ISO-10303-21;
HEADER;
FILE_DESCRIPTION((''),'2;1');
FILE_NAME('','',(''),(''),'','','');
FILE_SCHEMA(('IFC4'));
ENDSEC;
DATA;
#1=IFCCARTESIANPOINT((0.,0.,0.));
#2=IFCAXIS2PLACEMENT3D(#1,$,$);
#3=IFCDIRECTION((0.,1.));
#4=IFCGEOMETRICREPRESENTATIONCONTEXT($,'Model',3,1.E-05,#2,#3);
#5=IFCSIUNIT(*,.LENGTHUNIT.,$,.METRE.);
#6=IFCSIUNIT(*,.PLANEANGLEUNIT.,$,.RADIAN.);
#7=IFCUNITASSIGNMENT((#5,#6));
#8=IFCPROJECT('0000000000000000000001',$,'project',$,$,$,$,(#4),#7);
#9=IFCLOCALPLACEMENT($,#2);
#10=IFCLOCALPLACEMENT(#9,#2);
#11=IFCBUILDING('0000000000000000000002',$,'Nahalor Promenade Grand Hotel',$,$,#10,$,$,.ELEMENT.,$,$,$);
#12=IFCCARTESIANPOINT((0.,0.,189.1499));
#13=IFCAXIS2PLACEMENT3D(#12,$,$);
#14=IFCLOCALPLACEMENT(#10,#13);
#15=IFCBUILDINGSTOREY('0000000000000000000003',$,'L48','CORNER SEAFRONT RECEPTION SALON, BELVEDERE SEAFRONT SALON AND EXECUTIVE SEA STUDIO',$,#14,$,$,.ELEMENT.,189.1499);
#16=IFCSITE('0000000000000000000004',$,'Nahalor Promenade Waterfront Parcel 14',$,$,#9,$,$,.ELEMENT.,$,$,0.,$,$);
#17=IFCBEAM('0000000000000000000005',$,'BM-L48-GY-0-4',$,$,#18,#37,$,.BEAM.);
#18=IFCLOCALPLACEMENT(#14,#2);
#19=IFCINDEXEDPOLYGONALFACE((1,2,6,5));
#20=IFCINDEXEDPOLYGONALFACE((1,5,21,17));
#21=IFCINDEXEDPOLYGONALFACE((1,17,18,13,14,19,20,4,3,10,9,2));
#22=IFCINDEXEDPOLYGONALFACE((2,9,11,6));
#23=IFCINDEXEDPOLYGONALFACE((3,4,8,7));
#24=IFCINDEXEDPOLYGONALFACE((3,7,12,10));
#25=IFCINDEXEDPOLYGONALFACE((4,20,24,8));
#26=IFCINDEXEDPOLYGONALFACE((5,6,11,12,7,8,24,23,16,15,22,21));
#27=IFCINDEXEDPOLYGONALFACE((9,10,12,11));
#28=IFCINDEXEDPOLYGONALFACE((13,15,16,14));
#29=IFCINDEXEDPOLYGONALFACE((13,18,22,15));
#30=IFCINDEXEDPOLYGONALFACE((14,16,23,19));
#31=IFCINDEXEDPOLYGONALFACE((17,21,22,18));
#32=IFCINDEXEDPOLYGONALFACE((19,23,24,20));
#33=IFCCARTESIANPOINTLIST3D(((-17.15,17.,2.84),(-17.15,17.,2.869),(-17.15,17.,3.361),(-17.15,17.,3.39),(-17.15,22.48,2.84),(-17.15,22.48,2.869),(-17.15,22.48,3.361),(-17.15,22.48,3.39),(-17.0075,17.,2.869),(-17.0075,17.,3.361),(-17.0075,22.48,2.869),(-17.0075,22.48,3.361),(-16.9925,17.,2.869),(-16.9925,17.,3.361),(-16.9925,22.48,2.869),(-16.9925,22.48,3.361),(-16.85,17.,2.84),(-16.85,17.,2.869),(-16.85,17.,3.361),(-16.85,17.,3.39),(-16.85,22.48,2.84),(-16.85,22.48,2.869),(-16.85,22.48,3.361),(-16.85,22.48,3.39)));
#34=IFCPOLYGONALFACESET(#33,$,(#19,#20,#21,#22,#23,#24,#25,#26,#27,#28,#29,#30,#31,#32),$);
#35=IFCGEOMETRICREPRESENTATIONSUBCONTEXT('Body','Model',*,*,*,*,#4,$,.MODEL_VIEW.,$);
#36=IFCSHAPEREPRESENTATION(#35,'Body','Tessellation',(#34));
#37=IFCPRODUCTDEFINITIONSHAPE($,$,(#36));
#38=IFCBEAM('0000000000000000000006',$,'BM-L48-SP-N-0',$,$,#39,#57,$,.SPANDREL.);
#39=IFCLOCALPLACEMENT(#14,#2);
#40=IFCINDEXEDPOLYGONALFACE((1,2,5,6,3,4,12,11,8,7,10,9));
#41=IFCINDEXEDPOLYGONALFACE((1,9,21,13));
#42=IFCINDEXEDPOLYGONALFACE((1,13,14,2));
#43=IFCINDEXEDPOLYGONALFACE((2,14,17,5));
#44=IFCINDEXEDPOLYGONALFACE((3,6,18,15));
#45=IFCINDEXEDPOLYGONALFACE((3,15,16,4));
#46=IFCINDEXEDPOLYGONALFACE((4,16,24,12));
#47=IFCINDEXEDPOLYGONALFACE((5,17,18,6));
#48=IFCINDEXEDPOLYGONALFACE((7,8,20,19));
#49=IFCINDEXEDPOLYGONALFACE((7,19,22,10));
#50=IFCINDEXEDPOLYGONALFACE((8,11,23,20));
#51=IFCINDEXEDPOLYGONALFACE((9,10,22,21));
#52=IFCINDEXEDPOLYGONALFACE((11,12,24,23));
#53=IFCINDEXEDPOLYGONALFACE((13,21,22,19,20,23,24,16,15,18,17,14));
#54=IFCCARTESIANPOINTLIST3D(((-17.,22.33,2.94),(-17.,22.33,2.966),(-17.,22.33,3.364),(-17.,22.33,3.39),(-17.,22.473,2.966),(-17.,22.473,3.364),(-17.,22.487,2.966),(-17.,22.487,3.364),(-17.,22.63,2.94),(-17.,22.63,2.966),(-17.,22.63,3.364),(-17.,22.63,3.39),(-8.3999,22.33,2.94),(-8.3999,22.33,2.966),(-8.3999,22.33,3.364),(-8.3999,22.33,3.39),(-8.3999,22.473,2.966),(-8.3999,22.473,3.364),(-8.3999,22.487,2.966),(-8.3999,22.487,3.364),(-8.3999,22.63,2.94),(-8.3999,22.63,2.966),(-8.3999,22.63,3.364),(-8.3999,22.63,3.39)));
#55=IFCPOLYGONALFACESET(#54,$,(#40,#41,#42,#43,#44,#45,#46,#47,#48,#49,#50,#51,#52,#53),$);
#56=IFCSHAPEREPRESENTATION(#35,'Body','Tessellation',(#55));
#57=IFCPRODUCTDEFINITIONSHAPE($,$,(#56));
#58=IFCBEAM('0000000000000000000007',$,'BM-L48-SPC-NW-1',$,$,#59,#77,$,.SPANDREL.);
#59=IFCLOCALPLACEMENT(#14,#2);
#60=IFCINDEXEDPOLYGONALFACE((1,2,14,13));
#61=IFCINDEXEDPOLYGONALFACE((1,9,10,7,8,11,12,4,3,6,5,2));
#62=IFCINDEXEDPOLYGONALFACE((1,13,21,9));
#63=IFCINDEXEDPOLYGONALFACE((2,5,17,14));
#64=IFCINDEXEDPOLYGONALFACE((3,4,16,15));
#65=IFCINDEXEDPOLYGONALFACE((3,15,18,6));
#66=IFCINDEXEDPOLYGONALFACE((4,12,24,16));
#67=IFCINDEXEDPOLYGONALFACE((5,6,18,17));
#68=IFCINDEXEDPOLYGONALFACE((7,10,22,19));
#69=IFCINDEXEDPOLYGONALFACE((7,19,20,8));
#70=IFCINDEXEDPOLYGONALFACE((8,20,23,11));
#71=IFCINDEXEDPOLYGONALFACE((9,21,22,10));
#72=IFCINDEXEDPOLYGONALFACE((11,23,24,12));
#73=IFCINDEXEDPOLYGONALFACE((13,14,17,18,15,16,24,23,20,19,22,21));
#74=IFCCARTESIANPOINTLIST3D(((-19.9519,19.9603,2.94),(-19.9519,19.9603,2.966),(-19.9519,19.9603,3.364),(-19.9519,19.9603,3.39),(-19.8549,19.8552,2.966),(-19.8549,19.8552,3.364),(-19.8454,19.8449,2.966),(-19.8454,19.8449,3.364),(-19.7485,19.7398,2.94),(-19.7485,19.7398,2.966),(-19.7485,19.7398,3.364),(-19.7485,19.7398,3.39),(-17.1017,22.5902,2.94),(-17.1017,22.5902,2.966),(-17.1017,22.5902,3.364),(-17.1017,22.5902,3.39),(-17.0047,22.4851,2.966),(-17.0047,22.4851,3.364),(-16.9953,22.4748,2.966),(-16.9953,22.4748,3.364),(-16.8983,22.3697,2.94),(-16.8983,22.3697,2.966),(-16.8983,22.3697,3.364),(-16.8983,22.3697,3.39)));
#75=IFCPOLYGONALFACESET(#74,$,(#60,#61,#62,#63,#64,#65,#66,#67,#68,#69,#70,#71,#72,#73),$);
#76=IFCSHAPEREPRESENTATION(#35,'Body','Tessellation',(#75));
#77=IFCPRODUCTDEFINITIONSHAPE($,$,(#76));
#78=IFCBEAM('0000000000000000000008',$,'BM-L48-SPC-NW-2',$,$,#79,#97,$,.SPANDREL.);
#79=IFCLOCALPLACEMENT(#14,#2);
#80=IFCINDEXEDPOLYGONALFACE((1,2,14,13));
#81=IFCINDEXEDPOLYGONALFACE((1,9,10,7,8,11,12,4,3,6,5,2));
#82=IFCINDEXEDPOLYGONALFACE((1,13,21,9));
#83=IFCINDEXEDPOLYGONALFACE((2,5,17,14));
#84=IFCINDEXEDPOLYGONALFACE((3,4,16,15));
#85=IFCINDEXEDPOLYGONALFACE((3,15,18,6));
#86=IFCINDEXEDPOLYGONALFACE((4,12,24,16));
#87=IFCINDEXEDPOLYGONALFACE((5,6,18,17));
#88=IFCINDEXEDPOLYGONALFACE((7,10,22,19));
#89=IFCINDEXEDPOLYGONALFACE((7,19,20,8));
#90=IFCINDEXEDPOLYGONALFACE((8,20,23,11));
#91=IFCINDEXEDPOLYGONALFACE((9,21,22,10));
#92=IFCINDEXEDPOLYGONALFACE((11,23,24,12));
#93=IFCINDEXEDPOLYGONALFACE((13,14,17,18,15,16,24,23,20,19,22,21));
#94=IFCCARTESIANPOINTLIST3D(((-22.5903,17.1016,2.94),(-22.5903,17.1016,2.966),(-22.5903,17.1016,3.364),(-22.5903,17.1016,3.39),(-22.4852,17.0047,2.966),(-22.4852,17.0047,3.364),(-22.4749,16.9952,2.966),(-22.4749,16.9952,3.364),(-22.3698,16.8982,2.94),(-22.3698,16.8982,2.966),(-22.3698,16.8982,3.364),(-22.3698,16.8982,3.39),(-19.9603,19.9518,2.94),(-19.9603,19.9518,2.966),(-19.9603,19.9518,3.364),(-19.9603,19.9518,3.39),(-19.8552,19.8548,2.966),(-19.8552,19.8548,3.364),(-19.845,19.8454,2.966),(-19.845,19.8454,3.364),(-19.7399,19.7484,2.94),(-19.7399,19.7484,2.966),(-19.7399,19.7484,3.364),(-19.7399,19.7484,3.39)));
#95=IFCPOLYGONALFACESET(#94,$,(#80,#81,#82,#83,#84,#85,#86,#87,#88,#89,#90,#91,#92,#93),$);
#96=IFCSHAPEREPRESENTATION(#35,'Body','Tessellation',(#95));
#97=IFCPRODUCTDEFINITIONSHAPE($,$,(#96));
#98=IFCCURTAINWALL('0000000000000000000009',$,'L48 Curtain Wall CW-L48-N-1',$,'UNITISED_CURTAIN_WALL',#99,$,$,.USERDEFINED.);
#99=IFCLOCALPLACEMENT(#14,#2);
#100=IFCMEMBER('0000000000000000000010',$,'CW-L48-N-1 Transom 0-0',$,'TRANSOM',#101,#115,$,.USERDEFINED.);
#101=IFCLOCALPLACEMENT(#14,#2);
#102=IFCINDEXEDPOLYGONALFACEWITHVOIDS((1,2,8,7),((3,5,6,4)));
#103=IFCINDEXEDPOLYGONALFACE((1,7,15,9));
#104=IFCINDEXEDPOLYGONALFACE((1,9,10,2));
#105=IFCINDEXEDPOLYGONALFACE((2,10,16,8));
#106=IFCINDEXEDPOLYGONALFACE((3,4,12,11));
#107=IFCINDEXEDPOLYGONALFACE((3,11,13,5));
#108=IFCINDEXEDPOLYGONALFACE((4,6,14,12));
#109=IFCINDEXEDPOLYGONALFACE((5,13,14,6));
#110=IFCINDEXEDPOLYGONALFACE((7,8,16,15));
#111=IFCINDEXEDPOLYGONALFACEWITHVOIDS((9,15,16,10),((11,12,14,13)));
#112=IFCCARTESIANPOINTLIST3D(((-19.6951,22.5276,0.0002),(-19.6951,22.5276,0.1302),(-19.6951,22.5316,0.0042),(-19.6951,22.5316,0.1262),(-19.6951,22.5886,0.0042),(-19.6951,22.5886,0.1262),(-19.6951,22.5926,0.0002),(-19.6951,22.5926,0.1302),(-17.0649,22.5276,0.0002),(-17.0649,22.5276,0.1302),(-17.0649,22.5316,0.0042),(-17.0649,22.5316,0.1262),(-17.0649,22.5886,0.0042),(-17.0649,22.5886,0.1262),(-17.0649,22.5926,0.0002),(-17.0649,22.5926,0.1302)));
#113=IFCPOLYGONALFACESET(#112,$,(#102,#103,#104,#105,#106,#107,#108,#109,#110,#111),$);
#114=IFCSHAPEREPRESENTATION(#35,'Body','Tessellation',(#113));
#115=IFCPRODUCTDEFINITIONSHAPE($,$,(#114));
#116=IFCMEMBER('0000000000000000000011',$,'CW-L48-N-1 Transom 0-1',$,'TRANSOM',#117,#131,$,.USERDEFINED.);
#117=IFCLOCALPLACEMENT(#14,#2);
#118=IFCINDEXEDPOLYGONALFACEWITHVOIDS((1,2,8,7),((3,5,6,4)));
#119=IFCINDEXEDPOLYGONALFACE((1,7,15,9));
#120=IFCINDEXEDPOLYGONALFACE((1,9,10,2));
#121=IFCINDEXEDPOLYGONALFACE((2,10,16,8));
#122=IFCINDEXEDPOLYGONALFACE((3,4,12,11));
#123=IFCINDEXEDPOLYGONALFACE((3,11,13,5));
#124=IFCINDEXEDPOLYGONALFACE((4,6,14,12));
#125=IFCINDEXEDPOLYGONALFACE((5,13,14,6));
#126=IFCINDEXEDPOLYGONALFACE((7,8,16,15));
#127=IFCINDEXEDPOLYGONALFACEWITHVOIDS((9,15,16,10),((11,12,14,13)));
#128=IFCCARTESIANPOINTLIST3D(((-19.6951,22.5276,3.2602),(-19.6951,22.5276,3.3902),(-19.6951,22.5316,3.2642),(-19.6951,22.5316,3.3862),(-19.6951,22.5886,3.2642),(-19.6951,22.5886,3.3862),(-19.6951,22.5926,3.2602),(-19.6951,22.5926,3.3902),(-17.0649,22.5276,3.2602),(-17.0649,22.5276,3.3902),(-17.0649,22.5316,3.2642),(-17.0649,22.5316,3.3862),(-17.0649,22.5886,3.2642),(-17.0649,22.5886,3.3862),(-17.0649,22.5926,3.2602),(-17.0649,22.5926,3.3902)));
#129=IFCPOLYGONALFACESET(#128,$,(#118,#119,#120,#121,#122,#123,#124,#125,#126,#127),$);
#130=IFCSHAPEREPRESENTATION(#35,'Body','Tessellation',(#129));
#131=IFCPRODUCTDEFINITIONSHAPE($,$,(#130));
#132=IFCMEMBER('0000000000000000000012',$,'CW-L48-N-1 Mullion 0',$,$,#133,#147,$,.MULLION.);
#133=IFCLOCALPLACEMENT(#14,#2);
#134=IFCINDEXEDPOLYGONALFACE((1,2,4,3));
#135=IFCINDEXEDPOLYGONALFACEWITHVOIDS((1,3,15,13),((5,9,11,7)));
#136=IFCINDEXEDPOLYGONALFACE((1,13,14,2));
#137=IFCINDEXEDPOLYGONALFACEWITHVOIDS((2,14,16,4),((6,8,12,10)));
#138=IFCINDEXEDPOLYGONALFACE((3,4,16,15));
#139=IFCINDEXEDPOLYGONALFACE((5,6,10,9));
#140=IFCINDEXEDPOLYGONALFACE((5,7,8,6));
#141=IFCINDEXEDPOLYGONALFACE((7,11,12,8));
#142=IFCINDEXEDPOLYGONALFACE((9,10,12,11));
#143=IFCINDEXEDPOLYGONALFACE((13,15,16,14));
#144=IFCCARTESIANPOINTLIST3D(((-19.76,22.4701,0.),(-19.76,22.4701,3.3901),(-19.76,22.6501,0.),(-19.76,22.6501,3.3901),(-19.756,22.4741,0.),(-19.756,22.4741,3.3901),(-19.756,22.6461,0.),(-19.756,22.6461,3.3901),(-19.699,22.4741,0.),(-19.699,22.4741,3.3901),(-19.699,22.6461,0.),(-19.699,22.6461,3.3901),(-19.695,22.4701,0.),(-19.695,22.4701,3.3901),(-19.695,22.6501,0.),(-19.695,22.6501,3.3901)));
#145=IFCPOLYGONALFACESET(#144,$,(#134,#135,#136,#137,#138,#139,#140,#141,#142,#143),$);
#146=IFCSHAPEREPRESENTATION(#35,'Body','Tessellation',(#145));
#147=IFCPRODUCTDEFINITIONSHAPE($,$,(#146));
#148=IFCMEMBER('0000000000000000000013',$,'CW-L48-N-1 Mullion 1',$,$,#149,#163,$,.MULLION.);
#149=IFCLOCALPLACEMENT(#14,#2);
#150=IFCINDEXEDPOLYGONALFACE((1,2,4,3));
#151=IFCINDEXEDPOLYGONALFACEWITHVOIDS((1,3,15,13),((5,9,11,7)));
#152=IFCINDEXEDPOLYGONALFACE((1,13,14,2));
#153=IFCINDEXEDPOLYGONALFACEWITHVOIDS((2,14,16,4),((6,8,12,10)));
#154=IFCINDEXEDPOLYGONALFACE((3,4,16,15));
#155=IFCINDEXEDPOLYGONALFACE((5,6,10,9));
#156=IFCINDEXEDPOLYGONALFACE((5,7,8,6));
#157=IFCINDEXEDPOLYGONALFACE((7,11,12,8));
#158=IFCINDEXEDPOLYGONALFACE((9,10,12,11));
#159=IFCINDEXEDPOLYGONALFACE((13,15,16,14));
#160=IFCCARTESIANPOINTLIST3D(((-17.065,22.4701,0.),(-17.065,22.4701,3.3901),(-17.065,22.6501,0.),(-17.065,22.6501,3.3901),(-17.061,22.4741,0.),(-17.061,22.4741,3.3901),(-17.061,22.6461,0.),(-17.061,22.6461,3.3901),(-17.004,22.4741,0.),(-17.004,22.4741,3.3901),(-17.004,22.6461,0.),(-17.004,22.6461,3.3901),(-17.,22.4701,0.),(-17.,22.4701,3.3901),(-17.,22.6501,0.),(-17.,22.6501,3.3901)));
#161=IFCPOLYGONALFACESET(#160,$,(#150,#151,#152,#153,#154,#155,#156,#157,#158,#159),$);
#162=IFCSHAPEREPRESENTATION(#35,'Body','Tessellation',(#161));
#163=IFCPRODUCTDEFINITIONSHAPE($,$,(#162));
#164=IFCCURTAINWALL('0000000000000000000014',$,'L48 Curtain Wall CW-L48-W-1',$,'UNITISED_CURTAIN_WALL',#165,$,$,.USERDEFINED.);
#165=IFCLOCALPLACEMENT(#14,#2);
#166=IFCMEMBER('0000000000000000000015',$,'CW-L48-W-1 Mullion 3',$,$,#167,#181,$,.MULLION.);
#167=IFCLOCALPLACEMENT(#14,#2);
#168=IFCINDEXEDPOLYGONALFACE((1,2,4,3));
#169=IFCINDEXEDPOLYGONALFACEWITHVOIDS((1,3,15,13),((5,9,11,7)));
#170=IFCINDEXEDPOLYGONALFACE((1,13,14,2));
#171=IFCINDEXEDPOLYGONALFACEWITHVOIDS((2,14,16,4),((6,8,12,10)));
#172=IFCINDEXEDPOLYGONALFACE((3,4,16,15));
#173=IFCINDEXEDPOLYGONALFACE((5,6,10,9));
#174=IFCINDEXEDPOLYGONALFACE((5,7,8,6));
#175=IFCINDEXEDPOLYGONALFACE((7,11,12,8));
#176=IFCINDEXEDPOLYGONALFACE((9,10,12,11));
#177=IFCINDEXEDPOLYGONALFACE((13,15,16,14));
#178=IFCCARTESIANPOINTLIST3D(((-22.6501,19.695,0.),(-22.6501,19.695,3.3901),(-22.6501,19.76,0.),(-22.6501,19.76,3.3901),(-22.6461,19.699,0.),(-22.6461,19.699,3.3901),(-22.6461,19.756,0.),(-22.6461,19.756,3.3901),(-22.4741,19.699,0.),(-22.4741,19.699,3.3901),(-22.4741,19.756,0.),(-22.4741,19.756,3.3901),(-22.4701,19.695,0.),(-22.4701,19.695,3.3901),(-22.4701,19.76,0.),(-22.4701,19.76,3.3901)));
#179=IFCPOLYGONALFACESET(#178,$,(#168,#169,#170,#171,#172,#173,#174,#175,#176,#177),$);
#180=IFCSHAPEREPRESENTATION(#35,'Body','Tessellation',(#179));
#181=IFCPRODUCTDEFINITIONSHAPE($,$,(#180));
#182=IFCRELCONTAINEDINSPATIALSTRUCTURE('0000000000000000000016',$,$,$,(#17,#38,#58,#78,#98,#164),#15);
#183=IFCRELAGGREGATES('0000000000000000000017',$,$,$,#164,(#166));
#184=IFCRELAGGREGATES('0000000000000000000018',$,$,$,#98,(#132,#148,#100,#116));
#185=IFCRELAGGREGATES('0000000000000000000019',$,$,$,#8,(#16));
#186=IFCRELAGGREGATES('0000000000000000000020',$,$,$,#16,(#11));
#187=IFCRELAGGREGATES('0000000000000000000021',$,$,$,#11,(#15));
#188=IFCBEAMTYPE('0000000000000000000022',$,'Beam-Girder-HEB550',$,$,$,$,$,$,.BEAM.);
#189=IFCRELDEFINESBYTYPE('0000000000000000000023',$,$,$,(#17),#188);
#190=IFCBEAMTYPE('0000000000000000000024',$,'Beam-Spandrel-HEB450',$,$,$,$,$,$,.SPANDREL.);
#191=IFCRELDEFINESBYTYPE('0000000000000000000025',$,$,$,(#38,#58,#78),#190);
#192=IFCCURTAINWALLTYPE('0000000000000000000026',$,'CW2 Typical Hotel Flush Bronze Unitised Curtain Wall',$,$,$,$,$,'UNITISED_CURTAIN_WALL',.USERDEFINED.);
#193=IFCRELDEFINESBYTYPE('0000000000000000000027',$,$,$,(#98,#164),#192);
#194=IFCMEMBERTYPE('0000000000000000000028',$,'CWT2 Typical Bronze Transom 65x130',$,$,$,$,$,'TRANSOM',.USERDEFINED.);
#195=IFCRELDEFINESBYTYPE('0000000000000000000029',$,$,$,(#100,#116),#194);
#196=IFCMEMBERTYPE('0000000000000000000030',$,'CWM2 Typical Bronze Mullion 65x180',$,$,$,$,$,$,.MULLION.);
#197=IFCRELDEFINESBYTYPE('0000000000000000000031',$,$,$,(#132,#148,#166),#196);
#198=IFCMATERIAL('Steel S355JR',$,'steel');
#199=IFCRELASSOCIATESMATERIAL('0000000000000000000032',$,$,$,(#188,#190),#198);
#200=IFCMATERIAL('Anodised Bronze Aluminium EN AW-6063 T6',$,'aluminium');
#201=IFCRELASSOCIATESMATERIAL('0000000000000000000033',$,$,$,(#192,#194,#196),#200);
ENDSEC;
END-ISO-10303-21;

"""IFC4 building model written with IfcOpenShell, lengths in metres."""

from ifc_helpers import new_model, si_unit, direction, frame, origin, origin_2d, place, context, subcontext, project, spatial, hollow_rectangle, i_section, extrude, source, transform, mapped, material, material_profile, profile_set, type_object, element, aggregate, save


model = new_model("IFC4")

# Units and contexts
model_context = context("Model", 3, precision=1e-05, world=origin(), true_north=direction((0.0, 1.0)))
body_context = subcontext(model_context, "Body", "Model", "MODEL_VIEW")
ifc_project = project(units=[si_unit("LENGTHUNIT", "METRE"), si_unit("PLANEANGLEUNIT", "RADIAN")], contexts=[model_context])

# Site, building, storey
site_placement = place(None, origin())
site = spatial("IfcSite", under=ifc_project, at=site_placement, Name="Nahalor Promenade Waterfront Parcel 14", CompositionType="ELEMENT", RefElevation=0.0)
building_placement = place(site_placement, origin())
building = spatial("IfcBuilding", under=site, at=building_placement, Name="Nahalor Promenade Grand Hotel", CompositionType="ELEMENT")
storey_placement = place(building_placement, frame((0.0, 0.0, 189.1499)))
storey = spatial("IfcBuildingStorey", under=building, at=storey_placement, Name="L48", Description="CORNER SEAFRONT RECEPTION SALON, BELVEDERE SEAFRONT SALON AND EXECUTIVE SEA STUDIO", CompositionType="ELEMENT", Elevation=189.1499)

# Beams
ifc_material_1 = material(Name="Steel S355JR", Category="steel")
ifc_material_profile_1 = material_profile(ifc_material_1, i_section(OverallWidth=0.3, OverallDepth=0.55, WebThickness=0.015, FlangeThickness=0.029, at=origin_2d()), Name="HEB 550")
ifc_profile_set_1 = profile_set([ifc_material_profile_1], Name="Steel S355JR")
beam_type_1 = type_object("IfcBeamType", Name="Beam-Girder-HEB550", PredefinedType="BEAM", material=ifc_profile_set_1)
shared_shape_1 = source(origin(), body_context, "Body", "SweptSolid", [
    extrude(i_section(OverallWidth=0.3, OverallDepth=0.55, WebThickness=0.015, FlangeThickness=0.029, at=origin_2d()), origin(), (0.0, 0.0, 1.0), 5.48),
])
for number, where, z_axis, x_axis, name in (
    (1, (-17.0, 17.0, 3.115), (0.0, 1.0, 0.0), (-1.0, 0.0, 0.0), "BM-L48-GY-0-4"),
):
    element("IfcBeam", number, at=place(storey_placement, frame(where, z_axis=z_axis, x_axis=x_axis)), inside=storey, type_object=beam_type_1, Name=name, PredefinedType="BEAM", context=body_context, shape_type="MappedRepresentation", body=[
        mapped(shared_shape_1, transform((0.0, 0.0, 0.0), scale=1.0)),
    ])
ifc_material_profile_2 = material_profile(ifc_material_1, i_section(OverallWidth=0.3, OverallDepth=0.45, WebThickness=0.014, FlangeThickness=0.026, at=origin_2d()), Name="HEB 450")
ifc_profile_set_2 = profile_set([ifc_material_profile_2], Name="Steel S355JR")
beam_type_2 = type_object("IfcBeamType", Name="Beam-Spandrel-HEB450", PredefinedType="SPANDREL", material=ifc_profile_set_2)
shared_shape_2 = source(origin(), body_context, "Body", "SweptSolid", [
    extrude(i_section(OverallWidth=0.3, OverallDepth=0.45, WebThickness=0.014, FlangeThickness=0.026, at=origin_2d()), origin(), (0.0, 0.0, 1.0), 8.6001),
])
beam_1_placement = place(storey_placement, frame((-17.0, 22.48, 3.165), z_axis=(1.0, 0.0, 0.0), x_axis=(0.0, 1.0, 0.0)))
element("IfcBeam", 2, at=beam_1_placement, inside=storey, type_object=beam_type_2, Name="BM-L48-SP-N-0", PredefinedType="SPANDREL", context=body_context, shape_type="MappedRepresentation", body=[
    mapped(shared_shape_2, transform((0.0, 0.0, 0.0), scale=1.0)),
])
shared_shape_3 = source(origin(), body_context, "Body", "SweptSolid", [
    extrude(i_section(OverallWidth=0.3, OverallDepth=0.45, WebThickness=0.014, FlangeThickness=0.026, at=origin_2d()), origin(), (0.0, 0.0, 1.0), 3.8782),
])
for number, where, z_axis, x_axis, name in (
    (3, (-17.0, 22.48, 3.165), (-0.734929, -0.678144, 0.0), (0.678144, -0.734929, 0.0), "BM-L48-SPC-NW-1"),
    (4, (-19.8501, 19.8501, 3.165), (-0.678144, -0.734929, 0.0), (0.734929, -0.678144, 0.0), "BM-L48-SPC-NW-2"),
):
    element("IfcBeam", number, at=place(storey_placement, frame(where, z_axis=z_axis, x_axis=x_axis)), inside=storey, type_object=beam_type_2, Name=name, PredefinedType="SPANDREL", context=body_context, shape_type="MappedRepresentation", body=[
        mapped(shared_shape_3, transform((0.0, 0.0, 0.0), scale=1.0)),
    ])

# Curtain wall, members
ifc_material_2 = material(Name="Anodised Bronze Aluminium EN AW-6063 T6", Category="aluminium")
curtain_wall_type = type_object("IfcCurtainWallType", Name="CW2 Typical Hotel Flush Bronze Unitised Curtain Wall", ElementType="UNITISED_CURTAIN_WALL", PredefinedType="USERDEFINED", material=ifc_material_2)
curtain_wall_1_placement = place(storey_placement, origin())
curtain_wall_1 = element("IfcCurtainWall", 5, at=curtain_wall_1_placement, inside=storey, type_object=curtain_wall_type, Name="L48 Curtain Wall CW-L48-N-1", ObjectType="UNITISED_CURTAIN_WALL", PredefinedType="USERDEFINED")
ifc_material_profile_3 = material_profile(ifc_material_2, hollow_rectangle(XDim=0.065, YDim=0.13, WallThickness=0.004, at=origin_2d()), Name="CWT 65x130x4")
ifc_profile_set_3 = profile_set([ifc_material_profile_3], Name="Anodised Bronze Aluminium EN AW-6063 T6")
member_type_1 = type_object("IfcMemberType", Name="CWT2 Typical Bronze Transom 65x130", ElementType="TRANSOM", PredefinedType="USERDEFINED", material=ifc_profile_set_3)
shared_shape_4 = source(origin(), body_context, "Body", "SweptSolid", [
    extrude(hollow_rectangle(XDim=0.065, YDim=0.13, WallThickness=0.004, at=origin_2d()), origin(), (0.0, 0.0, 1.0), 2.6301),
])
member_1_placement = place(storey_placement, frame((-19.6951, 22.5601, 0.0652), z_axis=(1.0, 0.0, 0.0), x_axis=(0.0, 1.0, 0.0)))
member_1 = element("IfcMember", 6, at=member_1_placement, type_object=member_type_1, Name="CW-L48-N-1 Transom 0-0", ObjectType="TRANSOM", PredefinedType="USERDEFINED", context=body_context, shape_type="MappedRepresentation", body=[
    mapped(shared_shape_4, transform((0.0, 0.0, 0.0), scale=1.0)),
])
member_2_placement = place(storey_placement, frame((-19.6951, 22.5601, 3.3252), z_axis=(1.0, 0.0, 0.0), x_axis=(0.0, 1.0, 0.0)))
member_2 = element("IfcMember", 7, at=member_2_placement, type_object=member_type_1, Name="CW-L48-N-1 Transom 0-1", ObjectType="TRANSOM", PredefinedType="USERDEFINED", context=body_context, shape_type="MappedRepresentation", body=[
    mapped(shared_shape_4, transform((0.0, 0.0, 0.0), scale=1.0)),
])
ifc_material_profile_4 = material_profile(ifc_material_2, hollow_rectangle(XDim=0.065, YDim=0.18, WallThickness=0.004, at=origin_2d()), Name="CWM 65x180x4")
ifc_profile_set_4 = profile_set([ifc_material_profile_4], Name="Anodised Bronze Aluminium EN AW-6063 T6")
member_type_2 = type_object("IfcMemberType", Name="CWM2 Typical Bronze Mullion 65x180", PredefinedType="MULLION", material=ifc_profile_set_4)
shared_shape_5 = source(origin(), body_context, "Body", "SweptSolid", [
    extrude(hollow_rectangle(XDim=0.065, YDim=0.18, WallThickness=0.004, at=origin_2d()), origin(), (0.0, 0.0, 1.0), 3.3901),
])
member_3_placement = place(storey_placement, frame((-19.7275, 22.5601, 0.0), z_axis=(0.0, 0.0, 1.0), x_axis=(1.0, 0.0, 0.0)))
member_3 = element("IfcMember", 8, at=member_3_placement, type_object=member_type_2, Name="CW-L48-N-1 Mullion 0", PredefinedType="MULLION", context=body_context, shape_type="MappedRepresentation", body=[
    mapped(shared_shape_5, transform((0.0, 0.0, 0.0), scale=1.0)),
])
member_4_placement = place(storey_placement, frame((-17.0325, 22.5601, 0.0), z_axis=(0.0, 0.0, 1.0), x_axis=(1.0, 0.0, 0.0)))
member_4 = element("IfcMember", 9, at=member_4_placement, type_object=member_type_2, Name="CW-L48-N-1 Mullion 1", PredefinedType="MULLION", context=body_context, shape_type="MappedRepresentation", body=[
    mapped(shared_shape_5, transform((0.0, 0.0, 0.0), scale=1.0)),
])

# Curtain wall, member
curtain_wall_2_placement = place(storey_placement, origin())
curtain_wall_2 = element("IfcCurtainWall", 10, at=curtain_wall_2_placement, inside=storey, type_object=curtain_wall_type, Name="L48 Curtain Wall CW-L48-W-1", ObjectType="UNITISED_CURTAIN_WALL", PredefinedType="USERDEFINED")
member_5_placement = place(storey_placement, frame((-22.5601, 19.7275, 0.0), z_axis=(0.0, 0.0, 1.0), x_axis=(0.0, 1.0, 0.0)))
member_5 = element("IfcMember", 11, at=member_5_placement, type_object=member_type_2, Name="CW-L48-W-1 Mullion 3", PredefinedType="MULLION", context=body_context, shape_type="MappedRepresentation", body=[
    mapped(shared_shape_5, transform((0.0, 0.0, 0.0), scale=1.0)),
])
aggregate(curtain_wall_2, [member_5])

aggregate(curtain_wall_1, [member_3, member_4, member_1, member_2])

save(model, "model.ifc")
